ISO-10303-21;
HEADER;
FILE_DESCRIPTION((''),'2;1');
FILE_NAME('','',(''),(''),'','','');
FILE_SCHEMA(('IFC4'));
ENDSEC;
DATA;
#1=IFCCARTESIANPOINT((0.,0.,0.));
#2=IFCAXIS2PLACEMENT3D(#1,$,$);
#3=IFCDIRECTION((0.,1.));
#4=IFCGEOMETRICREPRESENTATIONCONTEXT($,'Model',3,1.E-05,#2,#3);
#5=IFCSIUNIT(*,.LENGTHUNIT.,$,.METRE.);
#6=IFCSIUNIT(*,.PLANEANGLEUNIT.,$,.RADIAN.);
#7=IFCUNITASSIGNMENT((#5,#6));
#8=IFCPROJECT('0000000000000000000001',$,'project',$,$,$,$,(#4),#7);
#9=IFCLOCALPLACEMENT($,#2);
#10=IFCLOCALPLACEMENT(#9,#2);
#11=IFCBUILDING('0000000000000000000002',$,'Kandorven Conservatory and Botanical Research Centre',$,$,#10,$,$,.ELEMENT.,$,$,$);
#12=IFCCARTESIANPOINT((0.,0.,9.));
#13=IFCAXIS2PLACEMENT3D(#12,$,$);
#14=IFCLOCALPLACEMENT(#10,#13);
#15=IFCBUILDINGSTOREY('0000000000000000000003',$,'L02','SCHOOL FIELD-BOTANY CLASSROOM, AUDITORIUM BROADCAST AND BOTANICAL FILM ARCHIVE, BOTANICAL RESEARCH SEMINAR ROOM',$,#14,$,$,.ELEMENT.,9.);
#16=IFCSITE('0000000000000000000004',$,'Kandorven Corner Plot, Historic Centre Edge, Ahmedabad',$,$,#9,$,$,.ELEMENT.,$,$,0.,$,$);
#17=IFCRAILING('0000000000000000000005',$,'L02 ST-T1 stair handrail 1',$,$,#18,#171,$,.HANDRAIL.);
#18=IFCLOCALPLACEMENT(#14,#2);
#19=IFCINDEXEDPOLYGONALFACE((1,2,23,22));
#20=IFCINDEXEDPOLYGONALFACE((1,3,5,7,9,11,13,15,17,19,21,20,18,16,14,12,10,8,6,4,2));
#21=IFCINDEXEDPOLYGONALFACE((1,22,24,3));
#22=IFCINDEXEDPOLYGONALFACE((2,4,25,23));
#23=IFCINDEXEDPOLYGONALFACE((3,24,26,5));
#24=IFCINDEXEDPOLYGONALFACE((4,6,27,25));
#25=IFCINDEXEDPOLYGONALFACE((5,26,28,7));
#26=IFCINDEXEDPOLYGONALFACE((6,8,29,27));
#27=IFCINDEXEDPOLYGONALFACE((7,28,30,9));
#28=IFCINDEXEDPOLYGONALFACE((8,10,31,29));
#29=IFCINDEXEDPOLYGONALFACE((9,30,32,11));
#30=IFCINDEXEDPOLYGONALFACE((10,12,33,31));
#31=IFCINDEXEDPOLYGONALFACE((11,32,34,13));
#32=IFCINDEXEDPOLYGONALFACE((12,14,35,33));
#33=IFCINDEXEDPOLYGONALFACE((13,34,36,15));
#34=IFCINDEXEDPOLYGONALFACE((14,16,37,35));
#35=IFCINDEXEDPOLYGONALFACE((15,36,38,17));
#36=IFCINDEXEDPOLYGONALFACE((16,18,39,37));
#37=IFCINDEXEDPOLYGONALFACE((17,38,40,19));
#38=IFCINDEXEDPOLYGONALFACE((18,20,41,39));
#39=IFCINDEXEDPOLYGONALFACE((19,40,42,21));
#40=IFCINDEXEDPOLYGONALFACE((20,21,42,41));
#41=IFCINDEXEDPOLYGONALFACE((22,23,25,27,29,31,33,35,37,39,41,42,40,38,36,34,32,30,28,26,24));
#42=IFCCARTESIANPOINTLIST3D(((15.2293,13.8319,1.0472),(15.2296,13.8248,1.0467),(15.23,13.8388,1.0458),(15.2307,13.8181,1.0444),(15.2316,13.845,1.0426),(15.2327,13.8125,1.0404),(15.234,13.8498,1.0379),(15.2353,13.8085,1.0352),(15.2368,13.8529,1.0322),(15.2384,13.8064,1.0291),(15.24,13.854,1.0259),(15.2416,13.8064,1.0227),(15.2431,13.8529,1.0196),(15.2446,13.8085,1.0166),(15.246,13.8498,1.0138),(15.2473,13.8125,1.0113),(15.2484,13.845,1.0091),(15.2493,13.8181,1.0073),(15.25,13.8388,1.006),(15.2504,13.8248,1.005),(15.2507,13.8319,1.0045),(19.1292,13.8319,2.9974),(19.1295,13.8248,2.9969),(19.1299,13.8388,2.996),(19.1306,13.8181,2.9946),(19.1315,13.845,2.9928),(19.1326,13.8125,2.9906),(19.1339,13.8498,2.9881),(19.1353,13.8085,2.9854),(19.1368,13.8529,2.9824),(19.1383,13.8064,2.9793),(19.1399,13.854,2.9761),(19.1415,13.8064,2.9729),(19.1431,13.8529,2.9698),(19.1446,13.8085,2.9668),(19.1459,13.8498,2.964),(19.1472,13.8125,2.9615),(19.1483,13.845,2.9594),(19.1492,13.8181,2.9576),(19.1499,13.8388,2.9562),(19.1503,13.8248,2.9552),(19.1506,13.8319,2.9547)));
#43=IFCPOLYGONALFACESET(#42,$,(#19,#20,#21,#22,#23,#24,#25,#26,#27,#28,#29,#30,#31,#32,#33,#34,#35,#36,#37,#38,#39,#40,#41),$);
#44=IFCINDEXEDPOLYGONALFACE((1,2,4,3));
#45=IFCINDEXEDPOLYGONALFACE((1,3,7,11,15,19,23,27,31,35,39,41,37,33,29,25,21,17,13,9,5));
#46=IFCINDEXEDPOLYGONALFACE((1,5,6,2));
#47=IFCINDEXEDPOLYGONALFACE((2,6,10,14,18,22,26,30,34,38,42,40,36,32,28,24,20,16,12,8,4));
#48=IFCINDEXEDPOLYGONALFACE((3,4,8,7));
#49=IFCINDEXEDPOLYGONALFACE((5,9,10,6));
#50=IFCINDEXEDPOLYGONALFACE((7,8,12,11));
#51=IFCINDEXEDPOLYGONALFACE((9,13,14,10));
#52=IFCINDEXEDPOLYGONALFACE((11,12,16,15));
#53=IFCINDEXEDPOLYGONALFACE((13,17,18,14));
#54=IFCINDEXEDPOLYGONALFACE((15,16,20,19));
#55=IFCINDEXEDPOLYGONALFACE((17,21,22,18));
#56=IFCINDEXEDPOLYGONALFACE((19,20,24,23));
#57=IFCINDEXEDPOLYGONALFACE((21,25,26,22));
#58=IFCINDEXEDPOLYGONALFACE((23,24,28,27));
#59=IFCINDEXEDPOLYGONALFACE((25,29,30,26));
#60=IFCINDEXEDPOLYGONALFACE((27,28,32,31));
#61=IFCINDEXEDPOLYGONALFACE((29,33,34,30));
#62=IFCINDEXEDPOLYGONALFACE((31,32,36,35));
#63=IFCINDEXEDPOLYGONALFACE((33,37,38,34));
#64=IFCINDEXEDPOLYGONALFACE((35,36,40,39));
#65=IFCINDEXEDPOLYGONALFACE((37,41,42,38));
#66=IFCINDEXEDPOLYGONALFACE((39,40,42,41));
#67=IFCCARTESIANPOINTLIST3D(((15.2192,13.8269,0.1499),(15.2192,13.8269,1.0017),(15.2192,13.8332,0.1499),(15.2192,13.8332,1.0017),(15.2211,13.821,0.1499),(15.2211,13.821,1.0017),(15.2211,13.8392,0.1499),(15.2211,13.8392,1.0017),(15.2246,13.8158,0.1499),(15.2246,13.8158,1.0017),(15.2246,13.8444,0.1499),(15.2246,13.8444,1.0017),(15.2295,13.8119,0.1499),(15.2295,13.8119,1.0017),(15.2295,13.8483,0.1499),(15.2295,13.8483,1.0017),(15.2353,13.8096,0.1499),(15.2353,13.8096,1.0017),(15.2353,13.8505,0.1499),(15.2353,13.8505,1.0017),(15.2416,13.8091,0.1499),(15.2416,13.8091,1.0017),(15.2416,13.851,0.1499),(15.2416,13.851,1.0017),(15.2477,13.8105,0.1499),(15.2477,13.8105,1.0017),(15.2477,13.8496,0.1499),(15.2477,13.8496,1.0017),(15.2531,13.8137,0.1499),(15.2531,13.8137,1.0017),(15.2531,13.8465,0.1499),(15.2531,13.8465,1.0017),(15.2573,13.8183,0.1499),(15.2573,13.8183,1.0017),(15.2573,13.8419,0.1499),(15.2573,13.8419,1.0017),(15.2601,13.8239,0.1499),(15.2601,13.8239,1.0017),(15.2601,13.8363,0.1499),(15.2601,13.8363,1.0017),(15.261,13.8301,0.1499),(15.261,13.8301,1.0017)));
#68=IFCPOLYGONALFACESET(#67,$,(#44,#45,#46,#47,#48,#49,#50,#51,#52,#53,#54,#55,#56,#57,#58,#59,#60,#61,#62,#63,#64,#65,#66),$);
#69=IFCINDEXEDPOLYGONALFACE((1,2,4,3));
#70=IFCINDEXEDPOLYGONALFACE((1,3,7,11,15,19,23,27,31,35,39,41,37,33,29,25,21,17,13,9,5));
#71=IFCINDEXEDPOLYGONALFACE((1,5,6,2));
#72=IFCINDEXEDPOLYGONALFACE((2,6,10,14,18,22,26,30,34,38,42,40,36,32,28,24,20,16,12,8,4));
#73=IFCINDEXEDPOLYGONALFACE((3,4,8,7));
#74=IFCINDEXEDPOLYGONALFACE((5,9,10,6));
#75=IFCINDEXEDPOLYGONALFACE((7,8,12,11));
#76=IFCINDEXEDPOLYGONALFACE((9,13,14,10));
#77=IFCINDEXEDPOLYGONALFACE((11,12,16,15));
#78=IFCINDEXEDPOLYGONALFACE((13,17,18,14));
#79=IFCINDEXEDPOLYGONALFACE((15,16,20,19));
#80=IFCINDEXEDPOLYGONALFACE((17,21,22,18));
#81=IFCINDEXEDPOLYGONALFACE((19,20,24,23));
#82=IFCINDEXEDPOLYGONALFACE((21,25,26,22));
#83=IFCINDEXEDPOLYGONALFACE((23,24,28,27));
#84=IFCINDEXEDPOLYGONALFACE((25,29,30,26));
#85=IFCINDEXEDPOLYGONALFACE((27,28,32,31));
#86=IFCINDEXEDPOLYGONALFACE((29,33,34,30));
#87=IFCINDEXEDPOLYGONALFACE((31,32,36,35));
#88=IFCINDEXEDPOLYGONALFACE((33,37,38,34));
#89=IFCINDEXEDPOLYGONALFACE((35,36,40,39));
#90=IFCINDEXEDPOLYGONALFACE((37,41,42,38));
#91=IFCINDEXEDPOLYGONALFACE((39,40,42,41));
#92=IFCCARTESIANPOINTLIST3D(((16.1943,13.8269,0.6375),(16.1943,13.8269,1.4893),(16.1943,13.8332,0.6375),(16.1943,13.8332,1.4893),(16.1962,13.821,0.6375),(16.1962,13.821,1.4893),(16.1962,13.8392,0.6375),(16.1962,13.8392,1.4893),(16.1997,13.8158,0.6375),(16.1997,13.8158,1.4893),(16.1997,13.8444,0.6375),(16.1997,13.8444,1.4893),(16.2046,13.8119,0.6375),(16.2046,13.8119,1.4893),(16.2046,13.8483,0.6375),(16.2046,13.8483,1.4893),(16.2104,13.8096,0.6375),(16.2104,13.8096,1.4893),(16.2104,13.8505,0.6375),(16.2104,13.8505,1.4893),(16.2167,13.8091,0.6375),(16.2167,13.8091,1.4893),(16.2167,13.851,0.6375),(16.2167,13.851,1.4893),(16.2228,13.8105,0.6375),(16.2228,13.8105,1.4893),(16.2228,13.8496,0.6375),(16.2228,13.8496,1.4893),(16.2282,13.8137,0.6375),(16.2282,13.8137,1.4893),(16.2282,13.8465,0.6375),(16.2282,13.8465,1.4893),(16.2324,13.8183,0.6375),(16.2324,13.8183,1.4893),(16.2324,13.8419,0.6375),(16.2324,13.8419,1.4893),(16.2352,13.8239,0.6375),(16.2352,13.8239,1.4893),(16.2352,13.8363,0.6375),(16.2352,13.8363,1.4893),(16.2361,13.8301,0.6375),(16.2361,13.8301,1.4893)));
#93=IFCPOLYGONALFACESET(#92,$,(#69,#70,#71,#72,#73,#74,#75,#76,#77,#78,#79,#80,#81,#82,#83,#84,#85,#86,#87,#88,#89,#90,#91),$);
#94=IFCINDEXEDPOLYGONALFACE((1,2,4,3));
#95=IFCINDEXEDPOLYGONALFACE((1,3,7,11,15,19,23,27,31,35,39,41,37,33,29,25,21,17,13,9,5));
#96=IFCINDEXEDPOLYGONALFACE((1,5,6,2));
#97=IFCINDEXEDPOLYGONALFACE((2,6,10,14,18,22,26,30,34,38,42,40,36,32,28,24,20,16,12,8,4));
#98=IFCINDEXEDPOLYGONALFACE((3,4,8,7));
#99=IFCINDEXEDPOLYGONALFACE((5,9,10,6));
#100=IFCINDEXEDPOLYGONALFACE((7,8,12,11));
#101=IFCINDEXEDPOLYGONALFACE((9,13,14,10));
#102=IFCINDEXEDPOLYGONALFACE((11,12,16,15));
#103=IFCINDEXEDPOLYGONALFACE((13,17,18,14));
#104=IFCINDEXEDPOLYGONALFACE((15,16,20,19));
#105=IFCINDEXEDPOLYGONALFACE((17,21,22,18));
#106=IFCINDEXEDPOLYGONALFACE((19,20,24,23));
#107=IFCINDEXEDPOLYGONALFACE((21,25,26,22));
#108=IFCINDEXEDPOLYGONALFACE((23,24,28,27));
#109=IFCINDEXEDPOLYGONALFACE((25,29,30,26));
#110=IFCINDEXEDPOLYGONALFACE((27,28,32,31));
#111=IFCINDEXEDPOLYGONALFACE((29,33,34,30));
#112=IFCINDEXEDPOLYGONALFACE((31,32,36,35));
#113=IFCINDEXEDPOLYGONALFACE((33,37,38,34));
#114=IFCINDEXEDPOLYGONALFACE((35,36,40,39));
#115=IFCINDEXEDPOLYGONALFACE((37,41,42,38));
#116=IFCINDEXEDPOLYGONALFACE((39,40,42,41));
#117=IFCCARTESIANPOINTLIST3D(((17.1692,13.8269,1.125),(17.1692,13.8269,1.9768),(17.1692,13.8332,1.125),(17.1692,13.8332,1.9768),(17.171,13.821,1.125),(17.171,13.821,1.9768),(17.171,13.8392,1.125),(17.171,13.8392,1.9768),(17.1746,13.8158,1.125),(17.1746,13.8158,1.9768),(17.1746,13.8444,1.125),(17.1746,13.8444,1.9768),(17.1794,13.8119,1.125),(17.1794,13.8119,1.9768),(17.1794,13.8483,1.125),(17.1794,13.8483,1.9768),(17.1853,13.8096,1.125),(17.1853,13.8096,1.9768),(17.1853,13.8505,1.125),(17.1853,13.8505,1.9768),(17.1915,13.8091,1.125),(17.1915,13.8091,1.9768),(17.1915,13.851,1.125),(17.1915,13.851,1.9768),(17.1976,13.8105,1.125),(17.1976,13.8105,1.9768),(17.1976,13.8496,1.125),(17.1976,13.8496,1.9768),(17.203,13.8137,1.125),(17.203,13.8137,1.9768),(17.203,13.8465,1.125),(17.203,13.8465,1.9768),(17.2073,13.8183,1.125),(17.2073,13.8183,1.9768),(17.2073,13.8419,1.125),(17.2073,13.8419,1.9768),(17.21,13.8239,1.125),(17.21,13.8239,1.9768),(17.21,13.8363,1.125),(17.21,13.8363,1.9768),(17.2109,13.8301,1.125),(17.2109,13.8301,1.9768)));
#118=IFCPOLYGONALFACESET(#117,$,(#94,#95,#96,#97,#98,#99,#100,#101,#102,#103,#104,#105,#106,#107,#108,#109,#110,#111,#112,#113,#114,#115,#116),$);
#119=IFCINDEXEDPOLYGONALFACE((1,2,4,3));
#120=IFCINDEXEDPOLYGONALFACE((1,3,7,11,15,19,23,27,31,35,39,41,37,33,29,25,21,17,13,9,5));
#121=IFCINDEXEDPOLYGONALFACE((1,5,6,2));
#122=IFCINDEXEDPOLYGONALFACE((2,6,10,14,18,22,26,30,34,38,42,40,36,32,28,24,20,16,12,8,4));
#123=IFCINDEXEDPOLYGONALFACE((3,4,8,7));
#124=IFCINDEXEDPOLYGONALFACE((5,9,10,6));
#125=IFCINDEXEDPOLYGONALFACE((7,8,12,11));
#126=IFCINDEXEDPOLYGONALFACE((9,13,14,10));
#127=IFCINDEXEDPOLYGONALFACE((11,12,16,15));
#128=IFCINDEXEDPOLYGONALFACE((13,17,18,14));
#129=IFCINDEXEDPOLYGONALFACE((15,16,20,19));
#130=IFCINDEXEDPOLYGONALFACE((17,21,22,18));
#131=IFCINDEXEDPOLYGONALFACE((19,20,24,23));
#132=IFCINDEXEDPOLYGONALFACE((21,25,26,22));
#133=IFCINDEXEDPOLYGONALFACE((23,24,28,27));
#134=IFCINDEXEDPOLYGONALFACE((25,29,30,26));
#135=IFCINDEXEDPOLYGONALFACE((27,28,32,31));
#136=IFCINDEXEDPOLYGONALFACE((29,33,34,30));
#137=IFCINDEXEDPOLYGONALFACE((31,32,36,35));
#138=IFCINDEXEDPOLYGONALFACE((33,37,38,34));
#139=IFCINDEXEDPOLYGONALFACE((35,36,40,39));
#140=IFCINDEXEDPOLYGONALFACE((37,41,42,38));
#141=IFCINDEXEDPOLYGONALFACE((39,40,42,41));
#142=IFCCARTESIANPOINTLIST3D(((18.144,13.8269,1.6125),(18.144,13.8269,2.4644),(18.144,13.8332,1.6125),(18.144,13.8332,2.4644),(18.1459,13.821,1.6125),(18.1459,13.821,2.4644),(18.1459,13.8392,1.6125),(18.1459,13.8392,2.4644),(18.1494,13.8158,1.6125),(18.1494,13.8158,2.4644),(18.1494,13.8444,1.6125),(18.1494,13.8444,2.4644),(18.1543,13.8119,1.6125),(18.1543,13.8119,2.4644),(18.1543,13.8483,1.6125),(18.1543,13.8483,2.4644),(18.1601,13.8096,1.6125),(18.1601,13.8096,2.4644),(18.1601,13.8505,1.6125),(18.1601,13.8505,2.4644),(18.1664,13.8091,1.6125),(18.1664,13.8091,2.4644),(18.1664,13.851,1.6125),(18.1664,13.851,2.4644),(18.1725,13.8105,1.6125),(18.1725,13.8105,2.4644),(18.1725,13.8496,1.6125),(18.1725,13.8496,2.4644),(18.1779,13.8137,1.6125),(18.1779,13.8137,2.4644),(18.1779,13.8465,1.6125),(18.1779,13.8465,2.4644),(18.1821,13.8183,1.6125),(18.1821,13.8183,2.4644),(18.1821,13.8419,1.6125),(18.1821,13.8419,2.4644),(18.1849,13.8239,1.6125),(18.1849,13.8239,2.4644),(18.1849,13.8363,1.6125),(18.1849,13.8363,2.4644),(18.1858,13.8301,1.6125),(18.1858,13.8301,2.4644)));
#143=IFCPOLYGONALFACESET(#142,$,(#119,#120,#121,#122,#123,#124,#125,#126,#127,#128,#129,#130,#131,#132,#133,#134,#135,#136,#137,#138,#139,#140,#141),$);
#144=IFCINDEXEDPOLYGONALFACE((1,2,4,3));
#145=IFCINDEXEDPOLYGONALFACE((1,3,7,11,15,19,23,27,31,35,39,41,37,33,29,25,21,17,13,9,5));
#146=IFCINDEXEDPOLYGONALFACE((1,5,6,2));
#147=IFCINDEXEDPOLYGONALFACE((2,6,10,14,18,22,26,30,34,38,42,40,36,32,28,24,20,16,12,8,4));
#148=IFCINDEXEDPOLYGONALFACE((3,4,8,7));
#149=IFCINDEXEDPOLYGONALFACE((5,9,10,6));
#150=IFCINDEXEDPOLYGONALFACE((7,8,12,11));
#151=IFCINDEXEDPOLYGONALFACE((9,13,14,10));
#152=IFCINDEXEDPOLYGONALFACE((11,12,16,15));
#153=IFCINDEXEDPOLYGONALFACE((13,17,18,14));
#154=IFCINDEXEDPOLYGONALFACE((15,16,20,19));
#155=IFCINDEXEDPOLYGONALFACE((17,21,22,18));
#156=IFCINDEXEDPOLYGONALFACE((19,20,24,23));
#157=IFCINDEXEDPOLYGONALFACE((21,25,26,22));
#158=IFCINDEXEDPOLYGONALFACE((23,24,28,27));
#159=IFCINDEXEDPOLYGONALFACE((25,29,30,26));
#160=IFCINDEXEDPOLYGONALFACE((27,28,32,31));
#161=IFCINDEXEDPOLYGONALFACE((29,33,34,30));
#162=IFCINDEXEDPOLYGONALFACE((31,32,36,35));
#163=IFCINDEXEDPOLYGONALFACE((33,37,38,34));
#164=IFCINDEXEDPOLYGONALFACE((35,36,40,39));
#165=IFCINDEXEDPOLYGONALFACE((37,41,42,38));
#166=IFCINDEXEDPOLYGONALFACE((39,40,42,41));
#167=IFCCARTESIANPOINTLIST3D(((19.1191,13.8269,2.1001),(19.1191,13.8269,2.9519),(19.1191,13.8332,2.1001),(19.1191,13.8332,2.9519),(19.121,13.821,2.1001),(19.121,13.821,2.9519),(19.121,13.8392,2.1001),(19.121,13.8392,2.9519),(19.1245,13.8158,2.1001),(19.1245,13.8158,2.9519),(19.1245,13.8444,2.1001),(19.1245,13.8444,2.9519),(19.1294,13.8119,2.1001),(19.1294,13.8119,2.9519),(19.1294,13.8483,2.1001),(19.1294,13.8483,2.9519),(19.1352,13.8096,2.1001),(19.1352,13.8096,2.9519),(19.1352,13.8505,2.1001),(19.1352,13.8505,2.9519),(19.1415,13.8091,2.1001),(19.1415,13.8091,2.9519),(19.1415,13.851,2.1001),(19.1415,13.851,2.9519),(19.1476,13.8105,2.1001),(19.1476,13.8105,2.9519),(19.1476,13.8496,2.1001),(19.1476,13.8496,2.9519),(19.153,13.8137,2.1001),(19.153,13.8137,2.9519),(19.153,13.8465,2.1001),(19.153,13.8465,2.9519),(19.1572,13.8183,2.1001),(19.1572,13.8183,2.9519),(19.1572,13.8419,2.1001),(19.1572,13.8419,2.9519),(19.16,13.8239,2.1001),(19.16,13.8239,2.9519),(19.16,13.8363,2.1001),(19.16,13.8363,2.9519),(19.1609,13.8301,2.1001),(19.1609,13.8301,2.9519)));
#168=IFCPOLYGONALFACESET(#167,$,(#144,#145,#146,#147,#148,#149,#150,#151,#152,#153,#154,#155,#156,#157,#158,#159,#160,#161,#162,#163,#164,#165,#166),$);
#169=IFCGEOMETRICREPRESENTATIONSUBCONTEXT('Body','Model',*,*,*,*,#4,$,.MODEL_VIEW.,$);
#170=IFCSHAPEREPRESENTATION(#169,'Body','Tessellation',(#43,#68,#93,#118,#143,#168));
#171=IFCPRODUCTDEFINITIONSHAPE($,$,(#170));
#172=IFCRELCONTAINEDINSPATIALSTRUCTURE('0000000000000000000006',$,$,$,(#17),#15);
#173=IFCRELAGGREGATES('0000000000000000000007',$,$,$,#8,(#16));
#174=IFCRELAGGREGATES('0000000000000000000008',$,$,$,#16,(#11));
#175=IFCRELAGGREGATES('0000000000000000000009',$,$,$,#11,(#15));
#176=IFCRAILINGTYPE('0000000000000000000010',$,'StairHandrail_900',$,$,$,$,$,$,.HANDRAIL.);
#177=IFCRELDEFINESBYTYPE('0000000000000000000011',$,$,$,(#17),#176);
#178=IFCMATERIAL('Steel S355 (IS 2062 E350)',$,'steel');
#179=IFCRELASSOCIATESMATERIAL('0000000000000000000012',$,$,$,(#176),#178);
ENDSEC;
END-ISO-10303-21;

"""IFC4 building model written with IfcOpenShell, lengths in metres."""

from ifc_helpers import new_model, si_unit, direction, frame, origin, origin_2d, place, context, subcontext, project, spatial, circle, extrude, material, type_object, element, save


model = new_model("IFC4")

# Units and contexts
model_context = context("Model", 3, precision=1e-05, world=origin(), true_north=direction((0.0, 1.0)))
body_context = subcontext(model_context, "Body", "Model", "MODEL_VIEW")
ifc_project = project(units=[si_unit("LENGTHUNIT", "METRE"), si_unit("PLANEANGLEUNIT", "RADIAN")], contexts=[model_context])

# Site, building, storey
site_placement = place(None, origin())
site = spatial("IfcSite", under=ifc_project, at=site_placement, Name="Kandorven Corner Plot, Historic Centre Edge, Ahmedabad", CompositionType="ELEMENT", RefElevation=0.0)
building_placement = place(site_placement, origin())
building = spatial("IfcBuilding", under=site, at=building_placement, Name="Kandorven Conservatory and Botanical Research Centre", CompositionType="ELEMENT")
storey_placement = place(building_placement, frame((0.0, 0.0, 9.0)))
storey = spatial("IfcBuildingStorey", under=building, at=storey_placement, Name="L02", Description="SCHOOL FIELD-BOTANY CLASSROOM, AUDITORIUM BROADCAST AND BOTANICAL FILM ARCHIVE, BOTANICAL RESEARCH SEMINAR ROOM", CompositionType="ELEMENT", Elevation=9.0)

# Railing
ifc_material_1 = material(Name="Steel S355 (IS 2062 E350)", Category="steel")
railing_type_1 = type_object("IfcRailingType", Name="StairHandrail_900", PredefinedType="HANDRAIL", material=ifc_material_1)
railing_1_placement = place(storey_placement, frame((15.24, 13.8301, 0.1499)))
element("IfcRailing", 1, at=railing_1_placement, inside=storey, type_object=railing_type_1, Name="L02 ST-T1 stair handrail 1", PredefinedType="HANDRAIL", context=body_context, shape_type="SweptSolid", body=[
    extrude(circle(Radius=0.0239, at=origin_2d()), frame((0.0, 0.0, 0.876), z_axis=(0.894405, 0.0, 0.447258), x_axis=(0.0, 1.0, 0.0)), (0.0, 0.0, 1.0), 4.3604),
    extrude(circle(Radius=0.021, at=origin_2d()), origin(), (0.0, 0.0, 1.0), 0.8518),
    extrude(circle(Radius=0.021, at=origin_2d()), frame((0.9751, 0.0, 0.4875)), (0.0, 0.0, 1.0), 0.8518),
    extrude(circle(Radius=0.021, at=origin_2d()), frame((1.95, 0.0, 0.9751)), (0.0, 0.0, 1.0), 0.8518),
    extrude(circle(Radius=0.021, at=origin_2d()), frame((2.9248, 0.0, 1.4626)), (0.0, 0.0, 1.0), 0.8518),
    extrude(circle(Radius=0.021, at=origin_2d()), frame((3.8999, 0.0, 1.9502)), (0.0, 0.0, 1.0), 0.8518),
])

save(model, "model.ifc")
